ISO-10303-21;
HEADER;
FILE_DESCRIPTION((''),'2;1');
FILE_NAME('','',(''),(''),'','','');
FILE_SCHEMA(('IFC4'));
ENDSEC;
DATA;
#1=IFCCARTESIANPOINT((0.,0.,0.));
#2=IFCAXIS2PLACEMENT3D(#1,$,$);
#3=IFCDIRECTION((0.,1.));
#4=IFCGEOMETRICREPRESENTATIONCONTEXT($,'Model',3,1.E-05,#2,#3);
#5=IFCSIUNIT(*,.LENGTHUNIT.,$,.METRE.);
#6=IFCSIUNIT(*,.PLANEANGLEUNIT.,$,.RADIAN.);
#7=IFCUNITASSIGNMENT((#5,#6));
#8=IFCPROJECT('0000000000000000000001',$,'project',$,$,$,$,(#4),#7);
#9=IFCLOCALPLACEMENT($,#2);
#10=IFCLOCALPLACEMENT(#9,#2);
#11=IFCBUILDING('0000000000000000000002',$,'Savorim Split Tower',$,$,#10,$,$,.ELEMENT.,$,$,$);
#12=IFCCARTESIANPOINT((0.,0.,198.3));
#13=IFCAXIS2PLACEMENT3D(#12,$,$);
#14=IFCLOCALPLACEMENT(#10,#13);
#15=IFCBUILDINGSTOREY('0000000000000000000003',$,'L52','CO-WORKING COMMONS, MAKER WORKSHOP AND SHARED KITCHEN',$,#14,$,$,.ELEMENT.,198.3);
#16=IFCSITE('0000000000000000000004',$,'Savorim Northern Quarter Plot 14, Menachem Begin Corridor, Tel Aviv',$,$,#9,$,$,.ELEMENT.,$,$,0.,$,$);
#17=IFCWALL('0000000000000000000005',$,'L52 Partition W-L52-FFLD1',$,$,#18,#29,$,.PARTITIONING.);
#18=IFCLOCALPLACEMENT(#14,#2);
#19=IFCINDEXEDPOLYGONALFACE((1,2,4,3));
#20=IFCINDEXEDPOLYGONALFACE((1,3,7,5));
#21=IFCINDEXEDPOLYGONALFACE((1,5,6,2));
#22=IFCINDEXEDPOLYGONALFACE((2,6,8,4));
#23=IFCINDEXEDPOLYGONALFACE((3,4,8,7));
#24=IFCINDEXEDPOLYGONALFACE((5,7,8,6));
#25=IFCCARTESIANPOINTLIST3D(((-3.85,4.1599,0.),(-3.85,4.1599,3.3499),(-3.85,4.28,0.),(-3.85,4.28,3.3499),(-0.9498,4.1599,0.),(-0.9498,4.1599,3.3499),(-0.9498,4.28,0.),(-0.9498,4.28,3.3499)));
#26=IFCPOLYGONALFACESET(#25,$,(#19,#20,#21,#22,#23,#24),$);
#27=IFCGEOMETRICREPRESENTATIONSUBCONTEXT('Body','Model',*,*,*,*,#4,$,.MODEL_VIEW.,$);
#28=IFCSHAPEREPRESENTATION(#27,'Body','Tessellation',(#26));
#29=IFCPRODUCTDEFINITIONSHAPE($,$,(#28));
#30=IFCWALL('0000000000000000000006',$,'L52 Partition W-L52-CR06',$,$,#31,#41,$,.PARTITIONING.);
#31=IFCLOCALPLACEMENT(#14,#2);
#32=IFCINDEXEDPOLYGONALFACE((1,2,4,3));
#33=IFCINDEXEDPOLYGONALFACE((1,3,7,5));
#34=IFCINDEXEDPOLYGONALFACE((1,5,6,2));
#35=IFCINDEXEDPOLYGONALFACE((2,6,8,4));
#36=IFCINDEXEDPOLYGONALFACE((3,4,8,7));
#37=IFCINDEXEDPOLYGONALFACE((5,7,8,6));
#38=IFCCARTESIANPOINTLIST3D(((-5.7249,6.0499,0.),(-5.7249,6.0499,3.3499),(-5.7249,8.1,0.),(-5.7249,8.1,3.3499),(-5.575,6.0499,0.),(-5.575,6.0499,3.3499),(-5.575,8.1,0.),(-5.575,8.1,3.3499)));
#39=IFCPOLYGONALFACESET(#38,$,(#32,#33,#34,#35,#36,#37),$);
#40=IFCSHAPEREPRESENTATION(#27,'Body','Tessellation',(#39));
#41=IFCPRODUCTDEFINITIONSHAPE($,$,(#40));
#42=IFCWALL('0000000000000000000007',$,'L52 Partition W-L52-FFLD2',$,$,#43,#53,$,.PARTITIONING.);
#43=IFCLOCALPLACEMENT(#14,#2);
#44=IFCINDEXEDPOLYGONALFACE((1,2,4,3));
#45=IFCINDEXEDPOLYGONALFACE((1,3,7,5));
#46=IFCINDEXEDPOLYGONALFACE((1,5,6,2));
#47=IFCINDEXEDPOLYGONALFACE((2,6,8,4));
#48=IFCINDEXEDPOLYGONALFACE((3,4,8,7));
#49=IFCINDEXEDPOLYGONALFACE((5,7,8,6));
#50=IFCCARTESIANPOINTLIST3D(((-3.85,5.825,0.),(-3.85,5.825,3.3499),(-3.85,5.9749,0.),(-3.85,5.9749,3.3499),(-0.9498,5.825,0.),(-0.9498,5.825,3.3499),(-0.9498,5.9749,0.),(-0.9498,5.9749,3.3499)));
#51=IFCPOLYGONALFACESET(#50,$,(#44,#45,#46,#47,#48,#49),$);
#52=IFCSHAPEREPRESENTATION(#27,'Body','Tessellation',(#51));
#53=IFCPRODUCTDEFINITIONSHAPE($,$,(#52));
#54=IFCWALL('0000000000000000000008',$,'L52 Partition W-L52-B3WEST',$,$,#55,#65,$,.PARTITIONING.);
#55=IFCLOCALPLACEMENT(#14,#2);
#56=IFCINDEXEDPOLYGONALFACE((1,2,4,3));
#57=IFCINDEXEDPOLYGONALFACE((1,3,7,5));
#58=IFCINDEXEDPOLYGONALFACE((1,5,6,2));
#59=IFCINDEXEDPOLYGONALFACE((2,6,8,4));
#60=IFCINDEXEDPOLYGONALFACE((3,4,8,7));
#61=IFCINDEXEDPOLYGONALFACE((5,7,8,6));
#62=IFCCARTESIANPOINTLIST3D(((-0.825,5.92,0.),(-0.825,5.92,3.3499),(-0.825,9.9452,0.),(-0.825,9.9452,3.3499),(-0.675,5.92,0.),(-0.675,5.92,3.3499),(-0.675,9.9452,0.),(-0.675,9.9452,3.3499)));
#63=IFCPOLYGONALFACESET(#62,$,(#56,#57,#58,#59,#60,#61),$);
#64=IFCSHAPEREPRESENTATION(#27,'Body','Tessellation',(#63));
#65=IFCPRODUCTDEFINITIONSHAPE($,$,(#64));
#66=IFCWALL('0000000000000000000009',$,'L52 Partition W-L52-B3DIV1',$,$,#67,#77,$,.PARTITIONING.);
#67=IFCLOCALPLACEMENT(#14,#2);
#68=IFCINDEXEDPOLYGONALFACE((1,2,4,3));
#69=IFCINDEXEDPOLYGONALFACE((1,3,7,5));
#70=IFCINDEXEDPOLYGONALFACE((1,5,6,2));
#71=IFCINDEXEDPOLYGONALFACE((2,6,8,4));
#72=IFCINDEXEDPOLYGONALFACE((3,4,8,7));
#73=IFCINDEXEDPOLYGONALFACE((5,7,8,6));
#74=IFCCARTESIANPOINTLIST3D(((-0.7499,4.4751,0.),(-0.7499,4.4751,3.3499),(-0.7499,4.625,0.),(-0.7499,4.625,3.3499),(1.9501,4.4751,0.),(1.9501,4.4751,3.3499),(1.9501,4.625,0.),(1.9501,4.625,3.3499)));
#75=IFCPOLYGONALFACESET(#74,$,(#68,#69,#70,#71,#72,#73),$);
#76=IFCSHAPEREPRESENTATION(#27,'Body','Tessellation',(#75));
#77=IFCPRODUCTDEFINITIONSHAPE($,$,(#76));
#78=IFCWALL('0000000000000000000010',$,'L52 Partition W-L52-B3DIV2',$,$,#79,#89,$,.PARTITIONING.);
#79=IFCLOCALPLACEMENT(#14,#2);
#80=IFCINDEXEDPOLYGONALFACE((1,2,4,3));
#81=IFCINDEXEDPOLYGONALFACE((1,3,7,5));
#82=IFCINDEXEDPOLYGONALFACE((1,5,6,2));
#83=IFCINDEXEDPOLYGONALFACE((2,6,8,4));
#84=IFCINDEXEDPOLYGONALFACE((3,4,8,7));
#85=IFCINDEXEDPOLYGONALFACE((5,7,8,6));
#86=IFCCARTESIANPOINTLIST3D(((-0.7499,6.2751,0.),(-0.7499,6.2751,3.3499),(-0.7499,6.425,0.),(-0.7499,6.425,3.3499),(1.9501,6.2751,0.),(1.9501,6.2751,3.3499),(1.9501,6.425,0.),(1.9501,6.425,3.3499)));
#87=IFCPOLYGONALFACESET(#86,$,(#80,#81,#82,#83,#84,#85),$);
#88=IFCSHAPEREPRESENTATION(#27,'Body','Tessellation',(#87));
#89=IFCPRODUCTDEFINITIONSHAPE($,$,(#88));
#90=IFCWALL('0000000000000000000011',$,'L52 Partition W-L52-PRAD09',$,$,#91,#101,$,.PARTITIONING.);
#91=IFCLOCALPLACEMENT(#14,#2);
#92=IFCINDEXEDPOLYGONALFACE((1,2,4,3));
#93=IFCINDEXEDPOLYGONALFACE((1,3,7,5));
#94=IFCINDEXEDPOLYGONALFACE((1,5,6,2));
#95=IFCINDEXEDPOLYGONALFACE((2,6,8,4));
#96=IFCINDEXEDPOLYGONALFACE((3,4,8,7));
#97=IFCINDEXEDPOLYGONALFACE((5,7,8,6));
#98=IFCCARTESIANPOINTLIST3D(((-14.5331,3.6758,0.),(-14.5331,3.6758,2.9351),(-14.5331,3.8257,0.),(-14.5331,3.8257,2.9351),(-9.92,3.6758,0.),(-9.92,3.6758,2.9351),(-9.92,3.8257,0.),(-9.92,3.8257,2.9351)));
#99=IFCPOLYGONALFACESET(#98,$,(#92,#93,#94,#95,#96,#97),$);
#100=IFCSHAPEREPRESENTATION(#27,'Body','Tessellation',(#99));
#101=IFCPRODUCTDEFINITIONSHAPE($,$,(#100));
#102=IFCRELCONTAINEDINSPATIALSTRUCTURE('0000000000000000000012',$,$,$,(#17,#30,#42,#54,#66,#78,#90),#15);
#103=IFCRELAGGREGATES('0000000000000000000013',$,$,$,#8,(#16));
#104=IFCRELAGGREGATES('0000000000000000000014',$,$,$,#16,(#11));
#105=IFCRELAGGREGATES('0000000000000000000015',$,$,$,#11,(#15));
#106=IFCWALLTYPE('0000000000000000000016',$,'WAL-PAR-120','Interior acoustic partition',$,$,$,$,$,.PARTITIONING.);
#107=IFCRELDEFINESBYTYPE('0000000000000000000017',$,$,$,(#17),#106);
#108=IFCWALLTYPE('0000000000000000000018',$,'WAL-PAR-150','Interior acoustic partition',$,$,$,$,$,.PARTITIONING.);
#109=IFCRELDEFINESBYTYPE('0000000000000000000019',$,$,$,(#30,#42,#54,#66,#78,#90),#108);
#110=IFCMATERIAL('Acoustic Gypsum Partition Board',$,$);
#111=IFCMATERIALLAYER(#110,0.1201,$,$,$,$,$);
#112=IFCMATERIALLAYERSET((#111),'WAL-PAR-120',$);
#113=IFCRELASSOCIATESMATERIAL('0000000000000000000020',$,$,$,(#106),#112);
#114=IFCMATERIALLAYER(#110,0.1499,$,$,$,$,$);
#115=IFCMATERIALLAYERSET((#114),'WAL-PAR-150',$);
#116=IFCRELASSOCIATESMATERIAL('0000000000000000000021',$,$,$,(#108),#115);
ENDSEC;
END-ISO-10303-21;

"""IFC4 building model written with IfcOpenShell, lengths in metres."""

from ifc_helpers import new_model, si_unit, direction, frame, frame_2d, origin, place, context, subcontext, project, spatial, rectangle, extrude, material, layer, layer_set, type_object, element, save


model = new_model("IFC4")

# Units and contexts
model_context = context("Model", 3, precision=1e-05, world=origin(), true_north=direction((0.0, 1.0)))
body_context = subcontext(model_context, "Body", "Model", "MODEL_VIEW")
ifc_project = project(units=[si_unit("LENGTHUNIT", "METRE"), si_unit("PLANEANGLEUNIT", "RADIAN")], contexts=[model_context])

# Site, building, storey
site_placement = place(None, origin())
site = spatial("IfcSite", under=ifc_project, at=site_placement, Name="Savorim Northern Quarter Plot 14, Menachem Begin Corridor, Tel Aviv", CompositionType="ELEMENT", RefElevation=0.0)
building_placement = place(site_placement, origin())
building = spatial("IfcBuilding", under=site, at=building_placement, Name="Savorim Split Tower", CompositionType="ELEMENT")
storey_placement = place(building_placement, frame((0.0, 0.0, 198.3)))
storey = spatial("IfcBuildingStorey", under=building, at=storey_placement, Name="L52", Description="CO-WORKING COMMONS, MAKER WORKSHOP AND SHARED KITCHEN", CompositionType="ELEMENT", Elevation=198.3)

# Walls
ifc_material_1 = material(Name="Acoustic Gypsum Partition Board")
ifc_layer_1 = layer(ifc_material_1, 0.1201)
ifc_layer_set_1 = layer_set([ifc_layer_1], Name="WAL-PAR-120")
wall_type_1 = type_object("IfcWallType", Name="WAL-PAR-120", Description="Interior acoustic partition", PredefinedType="PARTITIONING", material=ifc_layer_set_1)
for number, where, z_axis, x_axis, name in (
    (1, (-3.8501, 4.22, 0.0), (0.0, 0.0, 1.0), (1.0, 0.0, 0.0), "L52 Partition W-L52-FFLD1"),
):
    element("IfcWall", number, at=place(storey_placement, frame(where, z_axis=z_axis, x_axis=x_axis)), inside=storey, type_object=wall_type_1, Name=name, PredefinedType="PARTITIONING", context=body_context, shape_type="SweptSolid", body=[
        extrude(rectangle(XDim=2.9001, YDim=0.1201, at=frame_2d((1.4502, 0.0))), origin(), (0.0, 0.0, 1.0), 3.3499),
    ])
ifc_layer_2 = layer(ifc_material_1, 0.1499)
ifc_layer_set_2 = layer_set([ifc_layer_2], Name="WAL-PAR-150")
wall_type_2 = type_object("IfcWallType", Name="WAL-PAR-150", Description="Interior acoustic partition", PredefinedType="PARTITIONING", material=ifc_layer_set_2)
wall_1_placement = place(storey_placement, frame((-5.6499, 6.05, 0.0), z_axis=(0.0, 0.0, 1.0), x_axis=(0.0, 1.0, 0.0)))
element("IfcWall", 2, at=wall_1_placement, inside=storey, type_object=wall_type_2, Name="L52 Partition W-L52-CR06", PredefinedType="PARTITIONING", context=body_context, shape_type="SweptSolid", body=[
    extrude(rectangle(XDim=2.05, YDim=0.1499, at=frame_2d((1.0249, 0.0))), origin(), (0.0, 0.0, 1.0), 3.3499),
])
wall_2_placement = place(storey_placement, frame((-3.8501, 5.8999, 0.0), z_axis=(0.0, 0.0, 1.0), x_axis=(1.0, 0.0, 0.0)))
element("IfcWall", 3, at=wall_2_placement, inside=storey, type_object=wall_type_2, Name="L52 Partition W-L52-FFLD2", PredefinedType="PARTITIONING", context=body_context, shape_type="SweptSolid", body=[
    extrude(rectangle(XDim=2.9001, YDim=0.1499, at=frame_2d((1.4502, 0.0))), origin(), (0.0, 0.0, 1.0), 3.3499),
])
wall_3_placement = place(storey_placement, frame((-0.75, 5.9199, 0.0), z_axis=(0.0, 0.0, 1.0), x_axis=(0.0, 1.0, 0.0)))
element("IfcWall", 4, at=wall_3_placement, inside=storey, type_object=wall_type_2, Name="L52 Partition W-L52-B3WEST", PredefinedType="PARTITIONING", context=body_context, shape_type="SweptSolid", body=[
    extrude(rectangle(XDim=4.0251, YDim=0.1499, at=frame_2d((2.0127, 0.0))), origin(), (0.0, 0.0, 1.0), 3.3499),
])
for number, where, z_axis, x_axis, name in (
    (5, (-0.75, 4.55, 0.0), (0.0, 0.0, 1.0), (1.0, 0.0, 0.0), "L52 Partition W-L52-B3DIV1"),
    (6, (-0.75, 6.3501, 0.0), (0.0, 0.0, 1.0), (1.0, 0.0, 0.0), "L52 Partition W-L52-B3DIV2"),
):
    element("IfcWall", number, at=place(storey_placement, frame(where, z_axis=z_axis, x_axis=x_axis)), inside=storey, type_object=wall_type_2, Name=name, PredefinedType="PARTITIONING", context=body_context, shape_type="SweptSolid", body=[
        extrude(rectangle(XDim=2.7, YDim=0.1499, at=frame_2d((1.3501, 0.0))), origin(), (0.0, 0.0, 1.0), 3.3499),
    ])
wall_4_placement = place(storey_placement, frame((-9.9199, 3.7507, 0.0), z_axis=(0.0, 0.0, 1.0), x_axis=(-1.0, 0.0, 0.0)))
element("IfcWall", 7, at=wall_4_placement, inside=storey, type_object=wall_type_2, Name="L52 Partition W-L52-PRAD09", PredefinedType="PARTITIONING", context=body_context, shape_type="SweptSolid", body=[
    extrude(rectangle(XDim=4.613, YDim=0.1499, at=frame_2d((2.3066, 0.0))), origin(), (0.0, 0.0, 1.0), 2.9351),
])

save(model, "model.ifc")
